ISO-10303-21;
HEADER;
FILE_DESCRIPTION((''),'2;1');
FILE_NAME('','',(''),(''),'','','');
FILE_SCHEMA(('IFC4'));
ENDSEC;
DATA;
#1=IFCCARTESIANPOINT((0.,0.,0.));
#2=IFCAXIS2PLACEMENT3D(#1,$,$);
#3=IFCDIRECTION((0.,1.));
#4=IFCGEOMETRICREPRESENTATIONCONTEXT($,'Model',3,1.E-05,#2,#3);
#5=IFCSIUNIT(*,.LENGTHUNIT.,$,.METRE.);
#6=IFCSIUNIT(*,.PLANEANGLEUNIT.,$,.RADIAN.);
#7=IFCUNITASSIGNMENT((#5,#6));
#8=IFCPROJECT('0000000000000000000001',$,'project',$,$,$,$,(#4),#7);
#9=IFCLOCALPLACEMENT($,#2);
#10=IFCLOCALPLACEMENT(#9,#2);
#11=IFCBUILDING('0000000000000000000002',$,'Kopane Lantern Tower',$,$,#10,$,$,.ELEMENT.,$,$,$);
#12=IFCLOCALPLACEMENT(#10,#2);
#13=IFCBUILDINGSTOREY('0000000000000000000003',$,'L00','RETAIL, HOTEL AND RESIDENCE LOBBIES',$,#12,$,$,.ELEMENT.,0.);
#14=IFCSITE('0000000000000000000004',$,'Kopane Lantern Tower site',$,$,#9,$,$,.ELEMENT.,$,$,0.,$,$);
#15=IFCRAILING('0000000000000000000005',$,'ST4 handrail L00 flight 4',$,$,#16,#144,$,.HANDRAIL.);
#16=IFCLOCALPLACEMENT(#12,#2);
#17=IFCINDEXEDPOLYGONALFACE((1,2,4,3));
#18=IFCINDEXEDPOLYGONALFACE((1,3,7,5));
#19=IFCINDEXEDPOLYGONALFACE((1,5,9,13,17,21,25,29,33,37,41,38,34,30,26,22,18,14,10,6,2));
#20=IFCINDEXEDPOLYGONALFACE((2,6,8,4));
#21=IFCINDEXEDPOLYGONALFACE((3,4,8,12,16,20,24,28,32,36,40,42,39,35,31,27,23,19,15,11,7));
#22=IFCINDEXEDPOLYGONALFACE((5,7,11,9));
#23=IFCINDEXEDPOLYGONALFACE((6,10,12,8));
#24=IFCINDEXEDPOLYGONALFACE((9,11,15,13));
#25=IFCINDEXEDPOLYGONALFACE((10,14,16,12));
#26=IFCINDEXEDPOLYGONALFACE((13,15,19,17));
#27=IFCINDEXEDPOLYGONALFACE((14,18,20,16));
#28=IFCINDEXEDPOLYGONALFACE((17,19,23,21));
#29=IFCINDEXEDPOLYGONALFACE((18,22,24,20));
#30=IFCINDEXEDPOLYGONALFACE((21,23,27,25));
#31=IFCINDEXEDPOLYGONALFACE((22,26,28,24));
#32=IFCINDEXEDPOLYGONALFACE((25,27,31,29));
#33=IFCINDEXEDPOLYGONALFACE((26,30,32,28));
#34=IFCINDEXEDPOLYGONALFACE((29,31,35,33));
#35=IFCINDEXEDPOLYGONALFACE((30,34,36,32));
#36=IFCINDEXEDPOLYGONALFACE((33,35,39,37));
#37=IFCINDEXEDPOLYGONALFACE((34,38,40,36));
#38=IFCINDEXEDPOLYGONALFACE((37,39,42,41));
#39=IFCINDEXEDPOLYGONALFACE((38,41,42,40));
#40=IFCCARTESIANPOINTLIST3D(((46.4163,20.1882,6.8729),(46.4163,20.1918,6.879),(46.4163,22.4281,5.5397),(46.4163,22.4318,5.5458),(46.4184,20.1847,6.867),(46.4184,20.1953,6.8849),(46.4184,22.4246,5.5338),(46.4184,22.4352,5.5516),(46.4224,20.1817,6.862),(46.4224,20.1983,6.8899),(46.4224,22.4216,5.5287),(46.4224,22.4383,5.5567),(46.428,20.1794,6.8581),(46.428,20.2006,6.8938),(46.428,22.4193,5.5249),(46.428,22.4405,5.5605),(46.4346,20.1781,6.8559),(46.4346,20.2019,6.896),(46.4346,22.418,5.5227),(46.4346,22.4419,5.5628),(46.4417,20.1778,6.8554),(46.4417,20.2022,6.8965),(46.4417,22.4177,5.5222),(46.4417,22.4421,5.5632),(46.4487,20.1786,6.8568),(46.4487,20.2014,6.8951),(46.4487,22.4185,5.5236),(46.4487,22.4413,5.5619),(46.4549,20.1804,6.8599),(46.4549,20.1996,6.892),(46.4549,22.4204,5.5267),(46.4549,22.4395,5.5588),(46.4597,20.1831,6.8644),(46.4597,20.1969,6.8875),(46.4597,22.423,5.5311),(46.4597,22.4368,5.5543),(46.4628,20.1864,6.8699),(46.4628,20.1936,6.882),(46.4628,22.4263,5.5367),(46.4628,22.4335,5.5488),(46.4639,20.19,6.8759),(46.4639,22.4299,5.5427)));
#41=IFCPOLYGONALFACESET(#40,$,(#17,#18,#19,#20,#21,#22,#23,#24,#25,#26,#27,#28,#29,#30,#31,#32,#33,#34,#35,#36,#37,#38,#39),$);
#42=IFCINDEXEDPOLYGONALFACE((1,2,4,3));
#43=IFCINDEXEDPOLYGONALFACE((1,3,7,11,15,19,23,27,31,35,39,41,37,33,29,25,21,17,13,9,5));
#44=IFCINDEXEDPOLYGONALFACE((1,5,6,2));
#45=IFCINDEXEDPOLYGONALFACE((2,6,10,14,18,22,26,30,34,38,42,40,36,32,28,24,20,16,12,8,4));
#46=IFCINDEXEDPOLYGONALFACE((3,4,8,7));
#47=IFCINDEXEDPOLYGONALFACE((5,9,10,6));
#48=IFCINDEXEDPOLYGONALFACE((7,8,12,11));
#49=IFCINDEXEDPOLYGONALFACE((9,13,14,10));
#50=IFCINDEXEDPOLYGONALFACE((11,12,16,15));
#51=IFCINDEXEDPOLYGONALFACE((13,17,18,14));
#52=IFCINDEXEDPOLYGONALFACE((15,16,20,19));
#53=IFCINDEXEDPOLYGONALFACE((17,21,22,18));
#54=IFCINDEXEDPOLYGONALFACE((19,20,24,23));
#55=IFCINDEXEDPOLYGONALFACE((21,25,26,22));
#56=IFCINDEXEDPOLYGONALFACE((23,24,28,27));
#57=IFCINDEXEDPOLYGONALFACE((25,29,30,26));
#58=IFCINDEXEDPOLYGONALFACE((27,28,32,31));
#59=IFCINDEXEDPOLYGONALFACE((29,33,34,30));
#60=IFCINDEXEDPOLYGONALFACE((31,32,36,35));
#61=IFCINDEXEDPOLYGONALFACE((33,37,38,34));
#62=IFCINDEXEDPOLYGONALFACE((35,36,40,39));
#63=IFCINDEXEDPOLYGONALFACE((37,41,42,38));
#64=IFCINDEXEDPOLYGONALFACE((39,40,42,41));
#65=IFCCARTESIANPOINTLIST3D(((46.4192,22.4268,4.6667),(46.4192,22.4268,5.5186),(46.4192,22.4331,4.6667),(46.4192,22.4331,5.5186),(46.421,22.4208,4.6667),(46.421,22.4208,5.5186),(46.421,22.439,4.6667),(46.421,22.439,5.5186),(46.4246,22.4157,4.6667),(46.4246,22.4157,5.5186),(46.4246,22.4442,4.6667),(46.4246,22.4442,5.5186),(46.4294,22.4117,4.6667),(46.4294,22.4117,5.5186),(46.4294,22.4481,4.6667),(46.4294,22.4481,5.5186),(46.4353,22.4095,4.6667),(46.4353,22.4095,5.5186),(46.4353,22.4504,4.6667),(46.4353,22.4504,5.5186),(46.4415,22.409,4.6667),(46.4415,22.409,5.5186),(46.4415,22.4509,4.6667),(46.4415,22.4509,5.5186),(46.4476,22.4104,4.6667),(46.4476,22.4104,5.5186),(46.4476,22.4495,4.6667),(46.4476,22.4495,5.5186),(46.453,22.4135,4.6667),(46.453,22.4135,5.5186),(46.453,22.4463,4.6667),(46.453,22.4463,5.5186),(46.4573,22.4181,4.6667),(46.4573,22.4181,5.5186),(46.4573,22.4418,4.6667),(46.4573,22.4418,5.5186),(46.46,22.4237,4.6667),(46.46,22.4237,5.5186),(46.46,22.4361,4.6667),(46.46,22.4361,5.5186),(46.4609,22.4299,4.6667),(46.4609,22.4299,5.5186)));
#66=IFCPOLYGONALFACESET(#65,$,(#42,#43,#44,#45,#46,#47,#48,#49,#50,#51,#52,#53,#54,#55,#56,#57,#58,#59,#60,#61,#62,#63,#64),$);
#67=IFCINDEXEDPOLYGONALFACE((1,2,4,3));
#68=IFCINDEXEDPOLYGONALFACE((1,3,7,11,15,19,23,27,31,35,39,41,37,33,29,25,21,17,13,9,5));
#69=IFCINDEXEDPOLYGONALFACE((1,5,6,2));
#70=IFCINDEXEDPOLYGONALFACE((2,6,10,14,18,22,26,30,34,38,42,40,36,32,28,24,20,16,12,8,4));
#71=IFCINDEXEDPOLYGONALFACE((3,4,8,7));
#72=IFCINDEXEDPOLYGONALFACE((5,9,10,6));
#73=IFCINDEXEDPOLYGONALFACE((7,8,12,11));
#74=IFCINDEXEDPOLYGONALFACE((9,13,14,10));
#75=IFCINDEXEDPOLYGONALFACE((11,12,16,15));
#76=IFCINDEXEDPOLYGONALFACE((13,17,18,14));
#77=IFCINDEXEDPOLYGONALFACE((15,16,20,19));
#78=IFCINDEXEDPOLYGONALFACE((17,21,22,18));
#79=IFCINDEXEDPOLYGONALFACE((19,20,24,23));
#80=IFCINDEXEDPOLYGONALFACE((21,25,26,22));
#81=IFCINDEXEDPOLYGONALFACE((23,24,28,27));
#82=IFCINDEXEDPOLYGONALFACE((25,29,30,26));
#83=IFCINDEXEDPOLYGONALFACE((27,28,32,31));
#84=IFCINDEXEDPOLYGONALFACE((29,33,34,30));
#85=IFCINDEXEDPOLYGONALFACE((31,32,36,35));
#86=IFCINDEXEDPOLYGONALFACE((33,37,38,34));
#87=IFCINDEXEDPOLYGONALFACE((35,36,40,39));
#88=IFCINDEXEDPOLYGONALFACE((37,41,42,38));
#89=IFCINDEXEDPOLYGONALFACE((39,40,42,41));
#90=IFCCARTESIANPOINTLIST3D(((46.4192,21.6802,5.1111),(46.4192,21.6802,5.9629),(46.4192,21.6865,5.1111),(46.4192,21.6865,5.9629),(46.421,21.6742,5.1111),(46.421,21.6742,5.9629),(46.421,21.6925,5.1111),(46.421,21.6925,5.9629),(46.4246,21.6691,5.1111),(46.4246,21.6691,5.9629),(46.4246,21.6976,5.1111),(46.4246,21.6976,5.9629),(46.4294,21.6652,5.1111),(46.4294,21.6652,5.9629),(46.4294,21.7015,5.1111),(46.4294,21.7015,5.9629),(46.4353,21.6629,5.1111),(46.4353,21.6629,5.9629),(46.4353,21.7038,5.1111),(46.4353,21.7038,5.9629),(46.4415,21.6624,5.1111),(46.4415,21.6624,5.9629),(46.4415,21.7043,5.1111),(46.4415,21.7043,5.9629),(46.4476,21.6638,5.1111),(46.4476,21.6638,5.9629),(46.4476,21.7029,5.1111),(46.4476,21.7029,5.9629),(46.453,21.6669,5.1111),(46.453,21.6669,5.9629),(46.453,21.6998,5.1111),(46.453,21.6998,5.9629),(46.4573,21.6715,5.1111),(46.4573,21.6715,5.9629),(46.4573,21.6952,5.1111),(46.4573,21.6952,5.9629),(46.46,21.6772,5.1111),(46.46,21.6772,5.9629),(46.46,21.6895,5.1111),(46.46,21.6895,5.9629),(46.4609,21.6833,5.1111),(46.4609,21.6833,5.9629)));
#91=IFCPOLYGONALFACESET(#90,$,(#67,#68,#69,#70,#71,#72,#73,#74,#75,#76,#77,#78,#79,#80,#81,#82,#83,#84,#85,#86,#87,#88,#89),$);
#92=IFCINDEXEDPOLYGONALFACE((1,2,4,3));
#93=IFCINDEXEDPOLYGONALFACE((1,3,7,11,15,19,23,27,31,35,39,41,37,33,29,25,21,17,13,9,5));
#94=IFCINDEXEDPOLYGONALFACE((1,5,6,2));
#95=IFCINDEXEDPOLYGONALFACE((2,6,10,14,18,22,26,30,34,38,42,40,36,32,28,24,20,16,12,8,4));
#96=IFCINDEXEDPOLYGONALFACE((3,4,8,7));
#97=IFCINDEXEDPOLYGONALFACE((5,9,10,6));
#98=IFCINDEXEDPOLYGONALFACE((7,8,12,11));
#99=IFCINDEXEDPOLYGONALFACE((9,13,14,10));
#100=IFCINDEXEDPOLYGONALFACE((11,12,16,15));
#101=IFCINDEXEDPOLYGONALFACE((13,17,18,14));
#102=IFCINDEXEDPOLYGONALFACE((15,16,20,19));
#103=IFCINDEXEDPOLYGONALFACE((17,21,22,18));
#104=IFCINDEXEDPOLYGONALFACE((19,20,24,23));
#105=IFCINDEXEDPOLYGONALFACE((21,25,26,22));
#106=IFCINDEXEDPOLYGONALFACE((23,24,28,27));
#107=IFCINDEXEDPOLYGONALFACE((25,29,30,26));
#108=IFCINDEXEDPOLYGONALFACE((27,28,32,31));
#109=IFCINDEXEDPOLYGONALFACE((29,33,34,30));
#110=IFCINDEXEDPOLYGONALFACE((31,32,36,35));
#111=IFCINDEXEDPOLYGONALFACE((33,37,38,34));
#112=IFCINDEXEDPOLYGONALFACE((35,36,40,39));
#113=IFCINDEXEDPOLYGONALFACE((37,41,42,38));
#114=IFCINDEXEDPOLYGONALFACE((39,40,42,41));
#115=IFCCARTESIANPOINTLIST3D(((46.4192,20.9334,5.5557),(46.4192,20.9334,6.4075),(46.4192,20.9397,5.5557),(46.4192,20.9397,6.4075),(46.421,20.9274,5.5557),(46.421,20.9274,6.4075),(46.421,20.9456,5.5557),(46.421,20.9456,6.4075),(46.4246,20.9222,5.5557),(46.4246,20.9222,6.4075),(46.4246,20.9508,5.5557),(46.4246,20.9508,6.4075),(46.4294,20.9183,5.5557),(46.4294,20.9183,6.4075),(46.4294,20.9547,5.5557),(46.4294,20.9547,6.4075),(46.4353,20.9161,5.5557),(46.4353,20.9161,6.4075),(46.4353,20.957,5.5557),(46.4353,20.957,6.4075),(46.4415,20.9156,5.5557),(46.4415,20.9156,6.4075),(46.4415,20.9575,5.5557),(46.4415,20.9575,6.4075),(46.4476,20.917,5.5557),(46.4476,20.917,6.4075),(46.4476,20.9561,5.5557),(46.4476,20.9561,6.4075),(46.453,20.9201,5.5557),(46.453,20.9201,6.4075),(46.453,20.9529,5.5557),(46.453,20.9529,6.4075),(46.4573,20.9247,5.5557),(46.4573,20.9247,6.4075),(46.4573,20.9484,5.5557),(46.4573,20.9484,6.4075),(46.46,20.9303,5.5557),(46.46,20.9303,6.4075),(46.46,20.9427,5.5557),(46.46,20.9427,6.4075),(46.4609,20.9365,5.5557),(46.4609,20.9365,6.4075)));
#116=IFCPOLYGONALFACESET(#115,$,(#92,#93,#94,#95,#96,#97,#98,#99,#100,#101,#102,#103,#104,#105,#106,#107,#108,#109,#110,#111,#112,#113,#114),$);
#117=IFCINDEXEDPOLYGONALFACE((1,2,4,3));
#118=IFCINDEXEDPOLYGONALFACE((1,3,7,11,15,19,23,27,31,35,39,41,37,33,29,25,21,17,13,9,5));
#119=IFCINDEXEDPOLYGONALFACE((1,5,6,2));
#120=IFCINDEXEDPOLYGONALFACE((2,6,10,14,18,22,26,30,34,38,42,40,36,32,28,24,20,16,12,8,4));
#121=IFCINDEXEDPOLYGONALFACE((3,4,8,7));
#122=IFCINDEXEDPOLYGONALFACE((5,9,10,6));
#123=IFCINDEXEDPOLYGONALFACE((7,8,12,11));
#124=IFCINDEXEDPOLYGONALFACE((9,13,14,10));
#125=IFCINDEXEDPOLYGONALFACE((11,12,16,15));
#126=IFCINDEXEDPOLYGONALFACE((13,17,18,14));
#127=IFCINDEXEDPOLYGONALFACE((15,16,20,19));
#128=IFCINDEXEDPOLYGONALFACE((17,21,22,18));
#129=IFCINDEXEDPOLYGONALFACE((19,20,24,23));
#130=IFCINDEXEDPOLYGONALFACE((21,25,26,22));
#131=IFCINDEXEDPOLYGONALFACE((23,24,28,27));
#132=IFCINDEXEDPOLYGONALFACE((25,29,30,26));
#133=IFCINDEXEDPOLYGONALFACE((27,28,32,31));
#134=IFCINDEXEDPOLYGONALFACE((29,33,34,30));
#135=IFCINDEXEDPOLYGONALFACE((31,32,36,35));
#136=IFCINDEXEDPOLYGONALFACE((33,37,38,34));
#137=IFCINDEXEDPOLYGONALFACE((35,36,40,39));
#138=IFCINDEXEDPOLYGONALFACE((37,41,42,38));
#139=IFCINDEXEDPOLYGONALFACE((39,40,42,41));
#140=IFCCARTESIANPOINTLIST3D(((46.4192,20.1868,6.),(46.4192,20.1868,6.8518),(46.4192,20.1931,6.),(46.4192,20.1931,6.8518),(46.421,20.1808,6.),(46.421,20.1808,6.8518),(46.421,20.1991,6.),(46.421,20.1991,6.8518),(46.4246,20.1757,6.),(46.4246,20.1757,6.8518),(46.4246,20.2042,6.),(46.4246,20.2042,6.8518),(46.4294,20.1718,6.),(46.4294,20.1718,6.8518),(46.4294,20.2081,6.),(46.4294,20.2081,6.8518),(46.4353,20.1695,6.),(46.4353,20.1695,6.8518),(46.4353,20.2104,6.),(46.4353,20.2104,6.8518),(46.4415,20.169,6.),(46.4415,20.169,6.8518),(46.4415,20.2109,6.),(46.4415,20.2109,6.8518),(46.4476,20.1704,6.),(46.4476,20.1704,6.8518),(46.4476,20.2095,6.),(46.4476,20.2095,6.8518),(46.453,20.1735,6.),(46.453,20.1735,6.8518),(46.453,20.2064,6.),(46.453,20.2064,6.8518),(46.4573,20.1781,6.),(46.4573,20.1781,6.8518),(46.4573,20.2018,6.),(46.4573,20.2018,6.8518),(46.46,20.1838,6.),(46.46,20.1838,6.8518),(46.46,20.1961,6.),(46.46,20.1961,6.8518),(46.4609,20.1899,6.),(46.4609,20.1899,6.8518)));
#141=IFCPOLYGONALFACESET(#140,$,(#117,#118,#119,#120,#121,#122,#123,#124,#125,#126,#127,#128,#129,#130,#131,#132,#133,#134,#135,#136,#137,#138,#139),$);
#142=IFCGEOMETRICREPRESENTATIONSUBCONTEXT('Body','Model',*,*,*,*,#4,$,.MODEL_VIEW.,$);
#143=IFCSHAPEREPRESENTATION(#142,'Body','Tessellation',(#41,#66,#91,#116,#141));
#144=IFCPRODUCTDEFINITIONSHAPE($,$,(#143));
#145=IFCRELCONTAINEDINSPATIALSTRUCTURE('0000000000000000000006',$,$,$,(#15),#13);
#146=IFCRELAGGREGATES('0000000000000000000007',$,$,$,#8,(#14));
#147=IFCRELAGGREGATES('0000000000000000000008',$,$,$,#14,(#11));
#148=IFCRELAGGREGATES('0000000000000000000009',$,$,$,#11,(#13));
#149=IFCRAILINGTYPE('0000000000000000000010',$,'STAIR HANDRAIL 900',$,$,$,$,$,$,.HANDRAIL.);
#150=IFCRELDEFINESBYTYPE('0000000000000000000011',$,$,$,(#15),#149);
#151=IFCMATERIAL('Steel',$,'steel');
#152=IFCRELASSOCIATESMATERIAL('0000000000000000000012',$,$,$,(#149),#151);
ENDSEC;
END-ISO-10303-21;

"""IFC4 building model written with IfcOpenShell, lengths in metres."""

from ifc_helpers import new_model, si_unit, direction, frame, origin, origin_2d, place, context, subcontext, project, spatial, circle, extrude, material, type_object, element, save


model = new_model("IFC4")

# Units and contexts
model_context = context("Model", 3, precision=1e-05, world=origin(), true_north=direction((0.0, 1.0)))
body_context = subcontext(model_context, "Body", "Model", "MODEL_VIEW")
ifc_project = project(units=[si_unit("LENGTHUNIT", "METRE"), si_unit("PLANEANGLEUNIT", "RADIAN")], contexts=[model_context])

# Site, building, storey
site_placement = place(None, origin())
site = spatial("IfcSite", under=ifc_project, at=site_placement, Name="Kopane Lantern Tower site", CompositionType="ELEMENT", RefElevation=0.0)
building_placement = place(site_placement, origin())
building = spatial("IfcBuilding", under=site, at=building_placement, Name="Kopane Lantern Tower", CompositionType="ELEMENT")
storey_placement = place(building_placement, origin())
storey = spatial("IfcBuildingStorey", under=building, at=storey_placement, Name="L00", Description="RETAIL, HOTEL AND RESIDENCE LOBBIES", CompositionType="ELEMENT", Elevation=0.0)

# Railing
ifc_material_1 = material(Name="Steel", Category="steel")
railing_type_1 = type_object("IfcRailingType", Name="STAIR HANDRAIL 900", PredefinedType="HANDRAIL", material=ifc_material_1)
for number, where, name in (
    (1, (46.4399, 22.4299, 4.6667), "ST4 handrail L00 flight 4"),
):
    element("IfcRailing", number, at=place(storey_placement, frame(where)), inside=storey, type_object=railing_type_1, Name=name, PredefinedType="HANDRAIL", context=body_context, shape_type="SweptSolid", body=[
        extrude(circle(Radius=0.0239, at=origin_2d()), frame((0.0, 0.0, 0.876), z_axis=(0.0, -0.859306, 0.511462), x_axis=(1.0, 0.0, 0.0)), (0.0, 0.0, 1.0), 2.6067),
        extrude(circle(Radius=0.021, at=origin_2d()), origin(), (0.0, 0.0, 1.0), 0.8518),
        extrude(circle(Radius=0.021, at=origin_2d()), frame((0.0, -0.7466, 0.4443)), (0.0, 0.0, 1.0), 0.8518),
        extrude(circle(Radius=0.021, at=origin_2d()), frame((0.0, -1.4934, 0.8889)), (0.0, 0.0, 1.0), 0.8518),
        extrude(circle(Radius=0.021, at=origin_2d()), frame((0.0, -2.24, 1.3333)), (0.0, 0.0, 1.0), 0.8518),
    ])

save(model, "model.ifc")
